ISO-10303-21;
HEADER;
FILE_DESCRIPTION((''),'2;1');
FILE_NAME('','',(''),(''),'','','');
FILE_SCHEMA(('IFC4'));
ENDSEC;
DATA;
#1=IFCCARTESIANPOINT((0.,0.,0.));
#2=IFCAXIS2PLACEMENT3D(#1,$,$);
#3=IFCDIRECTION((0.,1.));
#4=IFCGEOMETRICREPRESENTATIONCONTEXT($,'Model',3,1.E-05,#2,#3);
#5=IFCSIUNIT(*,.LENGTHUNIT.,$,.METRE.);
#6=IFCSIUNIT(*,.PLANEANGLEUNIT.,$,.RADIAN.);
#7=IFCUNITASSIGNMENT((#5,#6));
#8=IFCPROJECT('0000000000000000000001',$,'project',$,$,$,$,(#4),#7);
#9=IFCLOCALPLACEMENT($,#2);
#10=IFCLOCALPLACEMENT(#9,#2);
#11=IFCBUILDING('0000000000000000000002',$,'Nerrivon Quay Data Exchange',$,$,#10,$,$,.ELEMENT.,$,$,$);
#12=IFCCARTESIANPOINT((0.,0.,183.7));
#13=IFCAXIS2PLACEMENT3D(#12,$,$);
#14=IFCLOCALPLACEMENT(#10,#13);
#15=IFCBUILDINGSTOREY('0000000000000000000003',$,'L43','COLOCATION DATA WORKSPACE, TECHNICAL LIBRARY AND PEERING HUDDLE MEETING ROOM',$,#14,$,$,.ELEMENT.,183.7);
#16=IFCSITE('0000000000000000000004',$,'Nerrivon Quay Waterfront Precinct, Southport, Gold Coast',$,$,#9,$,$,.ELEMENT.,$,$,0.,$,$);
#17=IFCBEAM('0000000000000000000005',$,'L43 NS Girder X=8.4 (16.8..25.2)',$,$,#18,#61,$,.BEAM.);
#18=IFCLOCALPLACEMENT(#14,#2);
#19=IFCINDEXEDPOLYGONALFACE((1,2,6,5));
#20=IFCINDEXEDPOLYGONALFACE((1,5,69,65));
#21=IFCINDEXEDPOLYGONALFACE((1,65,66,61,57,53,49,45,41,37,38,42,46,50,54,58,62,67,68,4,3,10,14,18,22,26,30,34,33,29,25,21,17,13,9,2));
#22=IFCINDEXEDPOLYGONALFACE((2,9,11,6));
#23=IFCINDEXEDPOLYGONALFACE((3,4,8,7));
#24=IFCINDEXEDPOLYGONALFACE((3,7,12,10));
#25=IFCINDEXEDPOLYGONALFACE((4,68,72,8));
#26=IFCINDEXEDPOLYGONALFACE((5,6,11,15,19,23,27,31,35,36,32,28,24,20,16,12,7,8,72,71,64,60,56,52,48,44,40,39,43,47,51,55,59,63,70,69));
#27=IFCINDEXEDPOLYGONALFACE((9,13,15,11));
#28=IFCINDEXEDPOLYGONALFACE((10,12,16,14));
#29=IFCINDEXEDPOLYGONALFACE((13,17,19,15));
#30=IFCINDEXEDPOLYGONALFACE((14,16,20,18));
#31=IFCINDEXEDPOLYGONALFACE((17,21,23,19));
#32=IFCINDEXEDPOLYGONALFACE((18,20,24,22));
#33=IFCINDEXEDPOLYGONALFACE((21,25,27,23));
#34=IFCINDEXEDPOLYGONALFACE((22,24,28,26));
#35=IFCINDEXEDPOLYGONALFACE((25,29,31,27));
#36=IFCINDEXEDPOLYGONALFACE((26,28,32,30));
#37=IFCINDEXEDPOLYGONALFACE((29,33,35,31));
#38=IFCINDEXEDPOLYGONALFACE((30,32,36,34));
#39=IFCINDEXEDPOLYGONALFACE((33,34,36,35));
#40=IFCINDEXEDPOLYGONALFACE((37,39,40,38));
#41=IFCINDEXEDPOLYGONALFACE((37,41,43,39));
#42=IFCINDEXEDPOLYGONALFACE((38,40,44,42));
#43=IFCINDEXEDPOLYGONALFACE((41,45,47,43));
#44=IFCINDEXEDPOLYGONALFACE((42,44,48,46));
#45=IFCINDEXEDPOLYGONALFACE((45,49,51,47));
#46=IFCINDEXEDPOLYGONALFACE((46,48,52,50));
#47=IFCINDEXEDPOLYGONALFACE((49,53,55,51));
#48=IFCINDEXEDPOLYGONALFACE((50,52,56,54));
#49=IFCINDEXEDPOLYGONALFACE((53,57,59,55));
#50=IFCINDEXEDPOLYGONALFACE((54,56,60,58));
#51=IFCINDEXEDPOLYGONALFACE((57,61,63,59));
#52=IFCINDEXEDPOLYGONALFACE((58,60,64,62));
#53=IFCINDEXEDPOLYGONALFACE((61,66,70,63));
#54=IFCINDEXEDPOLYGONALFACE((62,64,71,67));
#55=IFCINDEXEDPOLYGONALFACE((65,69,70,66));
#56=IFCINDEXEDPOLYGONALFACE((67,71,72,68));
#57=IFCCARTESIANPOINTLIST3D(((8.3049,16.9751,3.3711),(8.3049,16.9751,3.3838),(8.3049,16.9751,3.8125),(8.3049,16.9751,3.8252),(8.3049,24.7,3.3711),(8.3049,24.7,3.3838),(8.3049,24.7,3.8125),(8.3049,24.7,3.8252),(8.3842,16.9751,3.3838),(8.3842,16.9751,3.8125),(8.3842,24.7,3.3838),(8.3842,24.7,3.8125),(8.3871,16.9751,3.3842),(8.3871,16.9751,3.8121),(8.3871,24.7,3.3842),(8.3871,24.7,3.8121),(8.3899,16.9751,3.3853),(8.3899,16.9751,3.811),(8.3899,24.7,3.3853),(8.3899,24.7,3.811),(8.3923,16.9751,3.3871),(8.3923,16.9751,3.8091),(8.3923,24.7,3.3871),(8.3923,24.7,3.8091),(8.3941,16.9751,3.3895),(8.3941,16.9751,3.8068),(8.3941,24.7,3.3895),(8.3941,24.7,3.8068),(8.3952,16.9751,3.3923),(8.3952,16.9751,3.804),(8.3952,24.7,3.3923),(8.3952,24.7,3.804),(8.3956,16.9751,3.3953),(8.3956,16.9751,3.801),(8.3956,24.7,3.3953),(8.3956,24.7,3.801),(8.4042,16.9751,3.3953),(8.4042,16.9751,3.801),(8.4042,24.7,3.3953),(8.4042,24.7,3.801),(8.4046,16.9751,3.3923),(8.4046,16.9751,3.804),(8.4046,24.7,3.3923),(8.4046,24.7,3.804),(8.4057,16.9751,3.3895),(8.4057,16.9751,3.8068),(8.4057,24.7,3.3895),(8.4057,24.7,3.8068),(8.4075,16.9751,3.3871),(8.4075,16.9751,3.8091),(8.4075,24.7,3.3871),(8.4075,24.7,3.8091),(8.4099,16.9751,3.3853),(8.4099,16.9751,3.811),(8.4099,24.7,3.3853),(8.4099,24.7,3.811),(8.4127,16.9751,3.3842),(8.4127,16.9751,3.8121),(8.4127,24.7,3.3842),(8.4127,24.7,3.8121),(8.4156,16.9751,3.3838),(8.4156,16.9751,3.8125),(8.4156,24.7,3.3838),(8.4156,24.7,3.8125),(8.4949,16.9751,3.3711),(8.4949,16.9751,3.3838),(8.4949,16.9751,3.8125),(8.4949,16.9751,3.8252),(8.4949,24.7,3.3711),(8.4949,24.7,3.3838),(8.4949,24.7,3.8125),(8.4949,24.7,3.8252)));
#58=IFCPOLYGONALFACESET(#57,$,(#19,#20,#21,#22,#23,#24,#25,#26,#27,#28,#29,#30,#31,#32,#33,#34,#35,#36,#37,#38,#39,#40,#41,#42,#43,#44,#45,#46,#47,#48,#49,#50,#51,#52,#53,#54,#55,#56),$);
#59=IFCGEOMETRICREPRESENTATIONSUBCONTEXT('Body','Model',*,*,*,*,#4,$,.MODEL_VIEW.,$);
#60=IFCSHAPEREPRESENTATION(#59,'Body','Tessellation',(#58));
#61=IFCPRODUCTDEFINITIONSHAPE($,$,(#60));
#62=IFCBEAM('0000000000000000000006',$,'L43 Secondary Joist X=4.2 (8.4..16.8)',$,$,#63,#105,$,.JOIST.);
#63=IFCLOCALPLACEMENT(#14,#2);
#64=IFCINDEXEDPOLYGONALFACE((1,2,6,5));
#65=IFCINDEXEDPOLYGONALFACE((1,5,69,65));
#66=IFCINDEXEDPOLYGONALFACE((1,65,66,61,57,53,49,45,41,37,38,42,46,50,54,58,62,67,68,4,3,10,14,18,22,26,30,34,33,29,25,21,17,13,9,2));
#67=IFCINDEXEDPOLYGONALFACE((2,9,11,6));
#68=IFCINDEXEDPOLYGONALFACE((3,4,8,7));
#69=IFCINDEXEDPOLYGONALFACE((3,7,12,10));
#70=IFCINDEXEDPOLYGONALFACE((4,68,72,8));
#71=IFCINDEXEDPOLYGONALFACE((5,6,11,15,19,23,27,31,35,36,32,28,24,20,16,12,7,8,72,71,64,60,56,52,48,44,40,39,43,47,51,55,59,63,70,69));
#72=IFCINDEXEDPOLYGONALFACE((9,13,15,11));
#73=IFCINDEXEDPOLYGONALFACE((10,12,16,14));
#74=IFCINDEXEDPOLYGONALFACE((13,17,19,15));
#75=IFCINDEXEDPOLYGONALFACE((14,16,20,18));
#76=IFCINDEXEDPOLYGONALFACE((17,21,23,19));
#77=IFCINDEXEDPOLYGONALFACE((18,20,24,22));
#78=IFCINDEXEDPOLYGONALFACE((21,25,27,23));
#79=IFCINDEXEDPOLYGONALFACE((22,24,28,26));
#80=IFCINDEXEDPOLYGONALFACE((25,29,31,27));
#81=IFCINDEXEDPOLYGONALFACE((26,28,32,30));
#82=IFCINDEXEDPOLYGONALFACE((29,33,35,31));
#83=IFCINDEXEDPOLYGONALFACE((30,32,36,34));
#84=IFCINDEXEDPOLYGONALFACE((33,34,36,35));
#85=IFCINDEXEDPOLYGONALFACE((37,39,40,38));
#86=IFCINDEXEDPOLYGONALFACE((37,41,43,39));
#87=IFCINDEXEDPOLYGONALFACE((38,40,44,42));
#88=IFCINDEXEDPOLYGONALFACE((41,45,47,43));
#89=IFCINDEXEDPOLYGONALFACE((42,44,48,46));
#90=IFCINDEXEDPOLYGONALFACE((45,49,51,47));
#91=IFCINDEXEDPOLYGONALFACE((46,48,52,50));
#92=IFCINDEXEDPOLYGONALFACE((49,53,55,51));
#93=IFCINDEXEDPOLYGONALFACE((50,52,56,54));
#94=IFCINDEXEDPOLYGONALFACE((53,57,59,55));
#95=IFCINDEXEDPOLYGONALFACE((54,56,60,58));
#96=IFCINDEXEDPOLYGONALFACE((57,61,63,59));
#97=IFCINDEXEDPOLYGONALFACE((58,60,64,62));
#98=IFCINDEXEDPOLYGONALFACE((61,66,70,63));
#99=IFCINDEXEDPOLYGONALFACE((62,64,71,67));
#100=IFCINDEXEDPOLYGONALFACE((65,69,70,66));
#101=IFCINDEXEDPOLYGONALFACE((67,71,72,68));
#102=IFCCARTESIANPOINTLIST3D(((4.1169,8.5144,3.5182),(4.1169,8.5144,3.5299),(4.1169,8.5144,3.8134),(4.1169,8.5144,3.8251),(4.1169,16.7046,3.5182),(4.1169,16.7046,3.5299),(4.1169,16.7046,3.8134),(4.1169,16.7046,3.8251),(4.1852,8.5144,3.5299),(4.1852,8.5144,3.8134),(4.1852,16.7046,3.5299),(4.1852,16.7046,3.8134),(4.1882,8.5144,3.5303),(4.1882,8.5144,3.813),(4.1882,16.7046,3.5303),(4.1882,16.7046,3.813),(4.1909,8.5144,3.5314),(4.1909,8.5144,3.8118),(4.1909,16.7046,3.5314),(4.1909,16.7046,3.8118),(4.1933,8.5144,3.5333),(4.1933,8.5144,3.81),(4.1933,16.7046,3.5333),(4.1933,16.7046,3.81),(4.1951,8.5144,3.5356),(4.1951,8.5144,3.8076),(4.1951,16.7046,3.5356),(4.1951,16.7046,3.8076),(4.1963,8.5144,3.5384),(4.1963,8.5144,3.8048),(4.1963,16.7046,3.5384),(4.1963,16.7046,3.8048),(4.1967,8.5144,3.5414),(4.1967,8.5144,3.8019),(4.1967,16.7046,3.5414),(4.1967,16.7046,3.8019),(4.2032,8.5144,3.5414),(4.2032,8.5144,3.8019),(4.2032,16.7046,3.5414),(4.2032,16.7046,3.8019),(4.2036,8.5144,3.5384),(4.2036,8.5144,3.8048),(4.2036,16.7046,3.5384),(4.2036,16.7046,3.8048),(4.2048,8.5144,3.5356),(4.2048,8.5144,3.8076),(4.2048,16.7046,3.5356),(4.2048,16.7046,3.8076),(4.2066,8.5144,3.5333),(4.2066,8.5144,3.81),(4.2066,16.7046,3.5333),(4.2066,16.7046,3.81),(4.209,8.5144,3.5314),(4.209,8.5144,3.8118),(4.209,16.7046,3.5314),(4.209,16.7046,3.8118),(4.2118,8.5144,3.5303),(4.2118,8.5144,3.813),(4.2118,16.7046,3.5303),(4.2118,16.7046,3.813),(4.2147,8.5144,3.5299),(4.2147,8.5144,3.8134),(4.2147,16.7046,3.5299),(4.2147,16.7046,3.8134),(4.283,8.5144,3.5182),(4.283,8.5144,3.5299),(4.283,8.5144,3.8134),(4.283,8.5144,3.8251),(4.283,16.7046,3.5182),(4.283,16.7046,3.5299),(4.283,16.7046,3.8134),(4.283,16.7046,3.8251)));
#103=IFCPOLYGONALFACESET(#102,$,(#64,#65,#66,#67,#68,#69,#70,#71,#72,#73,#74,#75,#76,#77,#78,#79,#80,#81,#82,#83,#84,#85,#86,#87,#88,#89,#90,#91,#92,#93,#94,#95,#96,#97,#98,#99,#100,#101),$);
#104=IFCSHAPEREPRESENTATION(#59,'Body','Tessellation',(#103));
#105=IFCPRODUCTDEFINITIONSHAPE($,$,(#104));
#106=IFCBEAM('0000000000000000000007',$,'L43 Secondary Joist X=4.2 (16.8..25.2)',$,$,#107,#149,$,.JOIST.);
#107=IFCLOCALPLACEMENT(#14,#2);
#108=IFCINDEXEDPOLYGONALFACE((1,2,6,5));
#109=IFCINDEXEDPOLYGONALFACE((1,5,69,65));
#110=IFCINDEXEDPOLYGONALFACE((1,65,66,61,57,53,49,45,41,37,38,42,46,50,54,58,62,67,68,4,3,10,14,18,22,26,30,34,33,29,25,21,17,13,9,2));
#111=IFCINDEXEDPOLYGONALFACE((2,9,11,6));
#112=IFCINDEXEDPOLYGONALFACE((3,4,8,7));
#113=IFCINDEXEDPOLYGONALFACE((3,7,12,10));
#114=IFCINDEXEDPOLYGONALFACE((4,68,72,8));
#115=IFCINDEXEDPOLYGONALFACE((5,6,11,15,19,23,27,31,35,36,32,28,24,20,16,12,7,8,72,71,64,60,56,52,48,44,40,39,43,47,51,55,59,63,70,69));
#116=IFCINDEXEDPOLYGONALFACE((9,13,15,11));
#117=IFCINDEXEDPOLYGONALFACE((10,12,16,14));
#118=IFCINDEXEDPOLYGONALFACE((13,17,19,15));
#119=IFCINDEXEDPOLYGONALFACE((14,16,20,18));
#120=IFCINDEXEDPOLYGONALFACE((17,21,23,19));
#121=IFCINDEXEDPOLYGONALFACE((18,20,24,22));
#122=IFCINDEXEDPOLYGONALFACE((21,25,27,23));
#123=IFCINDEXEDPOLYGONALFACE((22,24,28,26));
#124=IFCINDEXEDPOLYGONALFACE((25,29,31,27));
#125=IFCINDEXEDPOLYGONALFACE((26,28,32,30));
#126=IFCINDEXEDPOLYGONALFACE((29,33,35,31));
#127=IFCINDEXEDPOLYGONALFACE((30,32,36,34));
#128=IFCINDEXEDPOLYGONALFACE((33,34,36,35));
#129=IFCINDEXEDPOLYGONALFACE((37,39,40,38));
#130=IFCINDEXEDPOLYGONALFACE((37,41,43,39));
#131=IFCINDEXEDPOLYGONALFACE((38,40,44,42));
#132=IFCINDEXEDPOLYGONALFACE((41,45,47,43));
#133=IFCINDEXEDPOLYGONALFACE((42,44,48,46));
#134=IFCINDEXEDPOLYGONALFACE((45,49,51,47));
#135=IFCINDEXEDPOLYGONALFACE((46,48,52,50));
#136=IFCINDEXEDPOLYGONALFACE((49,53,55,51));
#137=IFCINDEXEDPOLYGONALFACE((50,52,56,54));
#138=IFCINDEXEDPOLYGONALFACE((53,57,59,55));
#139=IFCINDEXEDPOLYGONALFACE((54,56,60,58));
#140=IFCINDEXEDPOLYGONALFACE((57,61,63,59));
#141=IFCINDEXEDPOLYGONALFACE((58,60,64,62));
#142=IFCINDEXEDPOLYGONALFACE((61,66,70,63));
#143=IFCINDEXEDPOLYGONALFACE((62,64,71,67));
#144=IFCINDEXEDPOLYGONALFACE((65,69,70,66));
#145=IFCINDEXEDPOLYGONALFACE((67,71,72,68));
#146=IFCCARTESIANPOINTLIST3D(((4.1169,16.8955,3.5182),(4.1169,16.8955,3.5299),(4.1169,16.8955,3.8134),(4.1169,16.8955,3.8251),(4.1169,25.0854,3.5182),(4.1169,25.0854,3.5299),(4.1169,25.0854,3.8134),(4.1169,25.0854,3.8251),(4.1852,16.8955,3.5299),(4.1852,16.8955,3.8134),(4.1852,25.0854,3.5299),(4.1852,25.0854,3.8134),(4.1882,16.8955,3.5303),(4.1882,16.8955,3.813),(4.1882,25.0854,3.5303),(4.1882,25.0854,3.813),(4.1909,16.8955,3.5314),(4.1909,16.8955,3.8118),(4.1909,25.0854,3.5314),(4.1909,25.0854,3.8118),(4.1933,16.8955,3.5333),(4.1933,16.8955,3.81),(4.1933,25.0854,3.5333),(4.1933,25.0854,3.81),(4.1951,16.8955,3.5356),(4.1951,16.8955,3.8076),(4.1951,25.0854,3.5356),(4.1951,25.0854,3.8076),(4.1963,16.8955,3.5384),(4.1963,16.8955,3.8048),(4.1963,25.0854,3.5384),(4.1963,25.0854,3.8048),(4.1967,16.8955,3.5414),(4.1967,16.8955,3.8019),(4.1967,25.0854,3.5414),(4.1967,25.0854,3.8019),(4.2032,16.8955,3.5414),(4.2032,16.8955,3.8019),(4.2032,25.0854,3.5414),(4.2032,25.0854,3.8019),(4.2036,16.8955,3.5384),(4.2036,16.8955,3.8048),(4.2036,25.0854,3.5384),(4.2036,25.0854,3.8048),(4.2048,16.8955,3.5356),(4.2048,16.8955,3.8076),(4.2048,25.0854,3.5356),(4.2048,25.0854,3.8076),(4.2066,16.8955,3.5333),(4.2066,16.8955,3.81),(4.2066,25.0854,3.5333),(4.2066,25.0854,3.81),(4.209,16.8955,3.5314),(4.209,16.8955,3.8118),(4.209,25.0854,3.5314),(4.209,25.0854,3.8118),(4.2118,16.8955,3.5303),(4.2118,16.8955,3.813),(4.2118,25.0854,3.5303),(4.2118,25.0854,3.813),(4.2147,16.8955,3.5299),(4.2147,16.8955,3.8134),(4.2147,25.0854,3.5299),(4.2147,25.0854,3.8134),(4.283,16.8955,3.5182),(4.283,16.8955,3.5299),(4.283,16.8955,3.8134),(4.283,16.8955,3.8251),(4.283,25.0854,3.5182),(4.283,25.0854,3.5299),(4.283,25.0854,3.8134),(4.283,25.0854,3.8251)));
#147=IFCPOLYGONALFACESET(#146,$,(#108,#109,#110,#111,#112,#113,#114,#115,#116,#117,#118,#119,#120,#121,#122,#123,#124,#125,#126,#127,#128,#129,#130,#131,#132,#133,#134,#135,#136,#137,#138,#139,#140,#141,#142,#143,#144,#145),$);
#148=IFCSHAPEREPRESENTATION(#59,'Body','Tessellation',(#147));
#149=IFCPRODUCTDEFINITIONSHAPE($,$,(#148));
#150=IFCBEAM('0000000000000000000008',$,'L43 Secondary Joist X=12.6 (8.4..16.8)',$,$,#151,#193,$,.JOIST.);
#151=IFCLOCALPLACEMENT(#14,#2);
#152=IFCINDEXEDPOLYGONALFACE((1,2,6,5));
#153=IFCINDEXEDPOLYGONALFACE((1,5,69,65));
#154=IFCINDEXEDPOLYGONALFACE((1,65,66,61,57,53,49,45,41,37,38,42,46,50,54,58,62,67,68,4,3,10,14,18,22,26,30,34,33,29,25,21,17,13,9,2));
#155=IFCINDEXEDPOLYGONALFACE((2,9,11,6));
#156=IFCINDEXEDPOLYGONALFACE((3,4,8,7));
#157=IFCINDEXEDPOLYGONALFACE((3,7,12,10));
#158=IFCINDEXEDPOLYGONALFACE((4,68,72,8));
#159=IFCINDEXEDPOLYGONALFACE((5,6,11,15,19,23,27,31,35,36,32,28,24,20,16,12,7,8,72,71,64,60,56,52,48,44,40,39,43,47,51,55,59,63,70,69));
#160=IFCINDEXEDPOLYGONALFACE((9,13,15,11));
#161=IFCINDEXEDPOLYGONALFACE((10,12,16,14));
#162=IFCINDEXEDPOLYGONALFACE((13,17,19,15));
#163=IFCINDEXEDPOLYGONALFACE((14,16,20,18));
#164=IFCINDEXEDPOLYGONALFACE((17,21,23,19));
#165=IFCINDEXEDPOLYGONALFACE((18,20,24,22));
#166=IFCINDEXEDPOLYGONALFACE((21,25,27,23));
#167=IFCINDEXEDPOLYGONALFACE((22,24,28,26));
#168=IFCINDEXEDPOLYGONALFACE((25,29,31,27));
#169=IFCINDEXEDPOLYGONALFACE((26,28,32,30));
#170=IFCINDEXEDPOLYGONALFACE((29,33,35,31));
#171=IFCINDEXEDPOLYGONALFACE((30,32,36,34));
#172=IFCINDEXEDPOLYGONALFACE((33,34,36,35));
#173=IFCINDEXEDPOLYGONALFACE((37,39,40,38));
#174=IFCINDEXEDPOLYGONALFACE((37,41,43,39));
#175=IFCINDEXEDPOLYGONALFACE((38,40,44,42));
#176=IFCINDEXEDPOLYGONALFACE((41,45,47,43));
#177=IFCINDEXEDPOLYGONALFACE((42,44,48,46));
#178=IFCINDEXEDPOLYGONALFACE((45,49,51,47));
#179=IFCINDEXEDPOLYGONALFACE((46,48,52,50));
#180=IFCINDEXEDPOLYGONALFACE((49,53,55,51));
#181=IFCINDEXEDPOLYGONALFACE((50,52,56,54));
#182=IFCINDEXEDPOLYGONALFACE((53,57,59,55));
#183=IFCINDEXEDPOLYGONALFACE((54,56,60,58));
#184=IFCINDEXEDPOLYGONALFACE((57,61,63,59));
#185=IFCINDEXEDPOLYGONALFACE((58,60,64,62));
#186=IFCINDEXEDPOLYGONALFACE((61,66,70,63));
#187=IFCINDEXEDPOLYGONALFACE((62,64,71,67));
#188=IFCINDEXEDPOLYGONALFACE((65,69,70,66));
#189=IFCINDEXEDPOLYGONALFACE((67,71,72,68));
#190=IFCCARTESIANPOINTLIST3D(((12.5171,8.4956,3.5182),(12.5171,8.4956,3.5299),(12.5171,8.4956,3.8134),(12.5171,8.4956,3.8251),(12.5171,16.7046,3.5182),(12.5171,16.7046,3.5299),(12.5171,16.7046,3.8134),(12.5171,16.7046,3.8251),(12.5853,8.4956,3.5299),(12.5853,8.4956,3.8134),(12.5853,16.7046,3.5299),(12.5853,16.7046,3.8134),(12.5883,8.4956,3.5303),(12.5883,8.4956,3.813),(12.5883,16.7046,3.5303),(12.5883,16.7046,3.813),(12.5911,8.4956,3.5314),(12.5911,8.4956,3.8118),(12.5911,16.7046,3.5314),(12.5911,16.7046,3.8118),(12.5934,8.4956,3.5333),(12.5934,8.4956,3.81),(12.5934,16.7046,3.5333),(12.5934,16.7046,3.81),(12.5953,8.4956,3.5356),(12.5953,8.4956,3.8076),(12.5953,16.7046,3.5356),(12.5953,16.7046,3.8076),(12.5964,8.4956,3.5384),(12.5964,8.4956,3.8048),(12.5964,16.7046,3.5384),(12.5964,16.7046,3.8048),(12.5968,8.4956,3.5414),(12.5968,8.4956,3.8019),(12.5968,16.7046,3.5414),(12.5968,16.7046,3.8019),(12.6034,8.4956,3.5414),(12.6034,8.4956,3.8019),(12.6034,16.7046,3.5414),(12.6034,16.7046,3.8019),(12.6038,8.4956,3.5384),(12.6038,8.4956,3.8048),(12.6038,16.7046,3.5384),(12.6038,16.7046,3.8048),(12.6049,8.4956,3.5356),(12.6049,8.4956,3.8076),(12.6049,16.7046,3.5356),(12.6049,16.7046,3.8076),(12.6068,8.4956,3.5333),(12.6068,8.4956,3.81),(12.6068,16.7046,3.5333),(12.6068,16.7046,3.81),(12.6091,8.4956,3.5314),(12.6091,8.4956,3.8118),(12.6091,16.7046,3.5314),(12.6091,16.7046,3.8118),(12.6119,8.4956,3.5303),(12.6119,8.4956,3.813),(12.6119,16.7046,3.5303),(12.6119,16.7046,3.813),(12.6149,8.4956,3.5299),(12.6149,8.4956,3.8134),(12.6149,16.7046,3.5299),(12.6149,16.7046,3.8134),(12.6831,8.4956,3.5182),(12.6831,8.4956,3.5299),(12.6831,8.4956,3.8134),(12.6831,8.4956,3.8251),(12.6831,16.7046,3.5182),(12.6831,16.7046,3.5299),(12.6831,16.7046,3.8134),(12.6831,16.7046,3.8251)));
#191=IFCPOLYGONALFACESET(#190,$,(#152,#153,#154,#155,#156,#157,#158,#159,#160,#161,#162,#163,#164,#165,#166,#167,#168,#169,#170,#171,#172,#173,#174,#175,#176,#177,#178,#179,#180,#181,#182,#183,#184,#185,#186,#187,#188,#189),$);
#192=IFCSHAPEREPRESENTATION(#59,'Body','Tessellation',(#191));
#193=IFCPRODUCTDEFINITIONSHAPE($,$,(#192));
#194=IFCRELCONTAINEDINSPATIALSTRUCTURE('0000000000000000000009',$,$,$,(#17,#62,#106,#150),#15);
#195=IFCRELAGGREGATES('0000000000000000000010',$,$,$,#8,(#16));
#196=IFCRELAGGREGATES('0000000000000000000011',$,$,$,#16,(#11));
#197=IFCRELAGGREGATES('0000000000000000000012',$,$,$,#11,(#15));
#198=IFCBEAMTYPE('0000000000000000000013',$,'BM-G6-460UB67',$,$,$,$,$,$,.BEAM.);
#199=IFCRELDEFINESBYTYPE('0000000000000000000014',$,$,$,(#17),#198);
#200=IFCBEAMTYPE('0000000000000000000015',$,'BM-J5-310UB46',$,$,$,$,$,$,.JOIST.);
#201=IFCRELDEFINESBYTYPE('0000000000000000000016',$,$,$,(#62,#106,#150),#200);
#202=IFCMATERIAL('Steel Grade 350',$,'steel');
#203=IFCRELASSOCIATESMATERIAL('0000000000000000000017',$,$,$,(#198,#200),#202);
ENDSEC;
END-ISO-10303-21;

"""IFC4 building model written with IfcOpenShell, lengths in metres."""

from ifc_helpers import new_model, si_unit, direction, frame, origin, origin_2d, place, context, subcontext, project, spatial, i_section, extrude, material, material_profile, profile_set, type_object, element, save


model = new_model("IFC4")

# Units and contexts
model_context = context("Model", 3, precision=1e-05, world=origin(), true_north=direction((0.0, 1.0)))
body_context = subcontext(model_context, "Body", "Model", "MODEL_VIEW")
ifc_project = project(units=[si_unit("LENGTHUNIT", "METRE"), si_unit("PLANEANGLEUNIT", "RADIAN")], contexts=[model_context])

# Site, building, storey
site_placement = place(None, origin())
site = spatial("IfcSite", under=ifc_project, at=site_placement, Name="Nerrivon Quay Waterfront Precinct, Southport, Gold Coast", CompositionType="ELEMENT", RefElevation=0.0)
building_placement = place(site_placement, origin())
building = spatial("IfcBuilding", under=site, at=building_placement, Name="Nerrivon Quay Data Exchange", CompositionType="ELEMENT")
storey_placement = place(building_placement, frame((0.0, 0.0, 183.7)))
storey = spatial("IfcBuildingStorey", under=building, at=storey_placement, Name="L43", Description="COLOCATION DATA WORKSPACE, TECHNICAL LIBRARY AND PEERING HUDDLE MEETING ROOM", CompositionType="ELEMENT", Elevation=183.7)

# Shared definitions
ifc_material_1 = material(Name="Steel Grade 350", Category="steel")

# Beams
ifc_material_profile_1 = material_profile(ifc_material_1, i_section(OverallWidth=0.1899, OverallDepth=0.4541, WebThickness=0.0085, FlangeThickness=0.0127, FilletRadius=0.0115, at=origin_2d()), Name="460UB67.1")
ifc_profile_set_1 = profile_set([ifc_material_profile_1], Name="Steel Grade 350")
beam_type_1 = type_object("IfcBeamType", Name="BM-G6-460UB67", PredefinedType="BEAM", material=ifc_profile_set_1)
beam_1_placement = place(storey_placement, frame((8.3999, 16.9751, 3.5981), z_axis=(0.0, 1.0, 0.0), x_axis=(-1.0, 0.0, 0.0)))
element("IfcBeam", 1, at=beam_1_placement, inside=storey, type_object=beam_type_1, Name="L43 NS Girder X=8.4 (16.8..25.2)", PredefinedType="BEAM", context=body_context, shape_type="SweptSolid", body=[
    extrude(i_section(OverallWidth=0.1899, OverallDepth=0.4541, WebThickness=0.0085, FlangeThickness=0.0127, FilletRadius=0.0115, at=origin_2d()), origin(), (0.0, 0.0, 1.0), 7.7249),
])
ifc_material_profile_2 = material_profile(ifc_material_1, i_section(OverallWidth=0.166, OverallDepth=0.3069, WebThickness=0.0066, FlangeThickness=0.0117, FilletRadius=0.0115, at=origin_2d()), Name="310UB46.2")
ifc_profile_set_2 = profile_set([ifc_material_profile_2], Name="Steel Grade 350")
beam_type_2 = type_object("IfcBeamType", Name="BM-J5-310UB46", PredefinedType="JOIST", material=ifc_profile_set_2)
beam_2_placement = place(storey_placement, frame((4.2, 8.5144, 3.6716), z_axis=(0.0, 1.0, 0.0), x_axis=(-1.0, 0.0, 0.0)))
element("IfcBeam", 2, at=beam_2_placement, inside=storey, type_object=beam_type_2, Name="L43 Secondary Joist X=4.2 (8.4..16.8)", PredefinedType="JOIST", context=body_context, shape_type="SweptSolid", body=[
    extrude(i_section(OverallWidth=0.166, OverallDepth=0.3069, WebThickness=0.0066, FlangeThickness=0.0117, FilletRadius=0.0115, at=origin_2d()), origin(), (0.0, 0.0, 1.0), 8.1902),
])
beam_3_placement = place(storey_placement, frame((4.2, 16.8955, 3.6716), z_axis=(0.0, 1.0, 0.0), x_axis=(-1.0, 0.0, 0.0)))
element("IfcBeam", 3, at=beam_3_placement, inside=storey, type_object=beam_type_2, Name="L43 Secondary Joist X=4.2 (16.8..25.2)", PredefinedType="JOIST", context=body_context, shape_type="SweptSolid", body=[
    extrude(i_section(OverallWidth=0.166, OverallDepth=0.3069, WebThickness=0.0066, FlangeThickness=0.0117, FilletRadius=0.0115, at=origin_2d()), origin(), (0.0, 0.0, 1.0), 8.1899),
])
beam_4_placement = place(storey_placement, frame((12.6001, 8.4956, 3.6716), z_axis=(0.0, 1.0, 0.0), x_axis=(-1.0, 0.0, 0.0)))
element("IfcBeam", 4, at=beam_4_placement, inside=storey, type_object=beam_type_2, Name="L43 Secondary Joist X=12.6 (8.4..16.8)", PredefinedType="JOIST", context=body_context, shape_type="SweptSolid", body=[
    extrude(i_section(OverallWidth=0.166, OverallDepth=0.3069, WebThickness=0.0066, FlangeThickness=0.0117, FilletRadius=0.0115, at=origin_2d()), origin(), (0.0, 0.0, 1.0), 8.209),
])

save(model, "model.ifc")
